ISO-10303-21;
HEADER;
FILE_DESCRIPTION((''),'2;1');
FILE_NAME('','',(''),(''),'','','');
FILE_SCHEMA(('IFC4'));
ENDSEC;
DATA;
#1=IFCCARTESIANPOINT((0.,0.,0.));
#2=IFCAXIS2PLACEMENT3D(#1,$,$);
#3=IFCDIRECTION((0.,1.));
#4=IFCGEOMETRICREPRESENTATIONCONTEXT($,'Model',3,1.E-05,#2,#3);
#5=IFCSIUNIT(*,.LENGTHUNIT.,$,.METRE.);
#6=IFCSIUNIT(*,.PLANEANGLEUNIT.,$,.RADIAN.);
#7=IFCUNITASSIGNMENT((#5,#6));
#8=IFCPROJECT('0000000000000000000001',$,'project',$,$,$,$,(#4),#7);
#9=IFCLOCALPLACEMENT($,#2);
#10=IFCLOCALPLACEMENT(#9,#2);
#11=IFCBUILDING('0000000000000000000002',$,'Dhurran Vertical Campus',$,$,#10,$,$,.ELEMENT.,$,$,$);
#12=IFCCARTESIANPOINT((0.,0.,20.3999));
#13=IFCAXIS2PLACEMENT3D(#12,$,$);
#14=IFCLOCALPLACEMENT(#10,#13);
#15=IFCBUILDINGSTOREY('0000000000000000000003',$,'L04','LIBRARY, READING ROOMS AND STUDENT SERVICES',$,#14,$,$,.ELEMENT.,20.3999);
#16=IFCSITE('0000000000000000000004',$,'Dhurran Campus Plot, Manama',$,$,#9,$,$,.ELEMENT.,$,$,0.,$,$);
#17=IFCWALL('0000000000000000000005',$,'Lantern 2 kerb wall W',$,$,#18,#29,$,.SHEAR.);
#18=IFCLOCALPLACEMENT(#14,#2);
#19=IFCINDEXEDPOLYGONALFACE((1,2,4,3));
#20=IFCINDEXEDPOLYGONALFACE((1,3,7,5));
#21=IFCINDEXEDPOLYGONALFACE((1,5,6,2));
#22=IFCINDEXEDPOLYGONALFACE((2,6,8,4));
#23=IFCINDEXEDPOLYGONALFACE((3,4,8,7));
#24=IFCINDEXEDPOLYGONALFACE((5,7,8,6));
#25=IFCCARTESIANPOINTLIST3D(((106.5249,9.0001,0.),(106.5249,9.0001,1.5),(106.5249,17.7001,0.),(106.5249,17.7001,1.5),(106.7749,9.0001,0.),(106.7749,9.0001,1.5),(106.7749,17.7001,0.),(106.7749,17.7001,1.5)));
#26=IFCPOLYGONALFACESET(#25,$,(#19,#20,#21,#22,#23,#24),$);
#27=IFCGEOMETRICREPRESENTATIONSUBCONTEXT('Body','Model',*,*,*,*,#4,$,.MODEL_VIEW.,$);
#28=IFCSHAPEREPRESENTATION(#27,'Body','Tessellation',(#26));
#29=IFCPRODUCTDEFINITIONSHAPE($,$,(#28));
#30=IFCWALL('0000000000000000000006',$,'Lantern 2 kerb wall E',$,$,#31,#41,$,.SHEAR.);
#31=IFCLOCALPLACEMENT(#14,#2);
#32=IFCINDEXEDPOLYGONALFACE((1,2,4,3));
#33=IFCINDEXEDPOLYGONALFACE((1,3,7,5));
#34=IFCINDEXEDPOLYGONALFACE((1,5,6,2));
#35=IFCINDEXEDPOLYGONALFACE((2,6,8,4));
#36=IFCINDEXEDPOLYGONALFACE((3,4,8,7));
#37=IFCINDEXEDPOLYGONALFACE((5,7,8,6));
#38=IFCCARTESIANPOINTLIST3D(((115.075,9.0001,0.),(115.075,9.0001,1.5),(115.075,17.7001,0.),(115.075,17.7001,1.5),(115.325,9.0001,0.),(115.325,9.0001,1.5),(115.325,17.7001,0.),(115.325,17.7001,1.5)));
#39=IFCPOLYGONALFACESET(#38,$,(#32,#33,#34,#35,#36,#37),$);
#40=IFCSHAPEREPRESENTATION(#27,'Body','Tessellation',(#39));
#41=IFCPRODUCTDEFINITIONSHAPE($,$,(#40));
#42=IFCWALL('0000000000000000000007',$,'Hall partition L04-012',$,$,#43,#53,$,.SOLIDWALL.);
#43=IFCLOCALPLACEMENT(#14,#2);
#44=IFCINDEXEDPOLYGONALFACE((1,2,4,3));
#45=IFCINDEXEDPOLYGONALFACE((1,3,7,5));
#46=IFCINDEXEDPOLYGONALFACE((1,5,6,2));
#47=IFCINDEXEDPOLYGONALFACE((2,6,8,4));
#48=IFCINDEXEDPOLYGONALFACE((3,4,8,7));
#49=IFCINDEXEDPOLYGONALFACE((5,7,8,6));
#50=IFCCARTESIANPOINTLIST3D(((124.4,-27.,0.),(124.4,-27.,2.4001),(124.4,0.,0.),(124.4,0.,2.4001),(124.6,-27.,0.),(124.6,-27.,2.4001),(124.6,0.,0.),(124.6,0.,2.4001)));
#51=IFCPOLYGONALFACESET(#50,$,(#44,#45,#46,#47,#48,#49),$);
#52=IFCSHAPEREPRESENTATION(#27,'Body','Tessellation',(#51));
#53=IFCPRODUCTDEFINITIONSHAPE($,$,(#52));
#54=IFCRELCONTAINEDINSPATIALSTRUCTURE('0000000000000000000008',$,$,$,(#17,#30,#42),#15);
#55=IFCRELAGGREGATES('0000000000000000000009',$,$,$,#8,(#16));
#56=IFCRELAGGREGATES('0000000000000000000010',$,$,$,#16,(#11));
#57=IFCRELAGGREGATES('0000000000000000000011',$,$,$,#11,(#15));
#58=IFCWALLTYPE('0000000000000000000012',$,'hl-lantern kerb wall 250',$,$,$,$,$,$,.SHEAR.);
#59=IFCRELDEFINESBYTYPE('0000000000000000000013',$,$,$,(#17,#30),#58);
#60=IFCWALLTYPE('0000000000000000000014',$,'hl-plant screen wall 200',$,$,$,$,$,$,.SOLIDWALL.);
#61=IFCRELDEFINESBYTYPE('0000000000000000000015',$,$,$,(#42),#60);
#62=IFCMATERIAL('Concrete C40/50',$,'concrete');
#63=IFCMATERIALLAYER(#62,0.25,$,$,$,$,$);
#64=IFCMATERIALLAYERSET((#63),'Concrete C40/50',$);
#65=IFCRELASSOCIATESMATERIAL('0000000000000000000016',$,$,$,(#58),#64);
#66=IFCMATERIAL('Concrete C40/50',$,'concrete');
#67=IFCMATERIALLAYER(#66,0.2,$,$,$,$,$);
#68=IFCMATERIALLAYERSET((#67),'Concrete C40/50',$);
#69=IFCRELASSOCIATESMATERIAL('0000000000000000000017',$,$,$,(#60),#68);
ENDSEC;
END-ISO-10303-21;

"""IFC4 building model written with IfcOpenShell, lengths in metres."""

from ifc_helpers import new_model, si_unit, direction, frame, frame_2d, origin, place, context, subcontext, project, spatial, rectangle, extrude, material, layer, layer_set, type_object, element, save


model = new_model("IFC4")

# Units and contexts
model_context = context("Model", 3, precision=1e-05, world=origin(), true_north=direction((0.0, 1.0)))
body_context = subcontext(model_context, "Body", "Model", "MODEL_VIEW")
ifc_project = project(units=[si_unit("LENGTHUNIT", "METRE"), si_unit("PLANEANGLEUNIT", "RADIAN")], contexts=[model_context])

# Site, building, storey
site_placement = place(None, origin())
site = spatial("IfcSite", under=ifc_project, at=site_placement, Name="Dhurran Campus Plot, Manama", CompositionType="ELEMENT", RefElevation=0.0)
building_placement = place(site_placement, origin())
building = spatial("IfcBuilding", under=site, at=building_placement, Name="Dhurran Vertical Campus", CompositionType="ELEMENT")
storey_placement = place(building_placement, frame((0.0, 0.0, 20.3999)))
storey = spatial("IfcBuildingStorey", under=building, at=storey_placement, Name="L04", Description="LIBRARY, READING ROOMS AND STUDENT SERVICES", CompositionType="ELEMENT", Elevation=20.3999)

# Shared definitions
ifc_material_1 = material(Name="Concrete C40/50", Category="concrete")
ifc_layer_1 = layer(ifc_material_1, 0.25)
ifc_layer_set_1 = layer_set([ifc_layer_1], Name="Concrete C40/50")
wall_type_1 = type_object("IfcWallType", Name="hl-lantern kerb wall 250", PredefinedType="SHEAR", material=ifc_layer_set_1)

# Walls
for number, where, z_axis, x_axis, name in (
    (1, (106.6499, 9.0, 0.0), (0.0, 0.0, 1.0), (0.0, 1.0, 0.0), "Lantern 2 kerb wall W"),
    (2, (115.2, 9.0, 0.0), (0.0, 0.0, 1.0), (0.0, 1.0, 0.0), "Lantern 2 kerb wall E"),
):
    element("IfcWall", number, at=place(storey_placement, frame(where, z_axis=z_axis, x_axis=x_axis)), inside=storey, type_object=wall_type_1, Name=name, PredefinedType="SHEAR", context=body_context, shape_type="SweptSolid", body=[
        extrude(rectangle(XDim=8.7, YDim=0.25, at=frame_2d((4.3501, 0.0))), origin(), (0.0, 0.0, 1.0), 1.5),
    ])
ifc_material_2 = material(Name="Concrete C40/50", Category="concrete")
ifc_layer_2 = layer(ifc_material_2, 0.2)
ifc_layer_set_2 = layer_set([ifc_layer_2], Name="Concrete C40/50")
wall_type_2 = type_object("IfcWallType", Name="hl-plant screen wall 200", PredefinedType="SOLIDWALL", material=ifc_layer_set_2)
wall_1_placement = place(storey_placement, frame((124.5, -27.0, 0.0), z_axis=(0.0, 0.0, 1.0), x_axis=(0.0, 1.0, 0.0)))
element("IfcWall", 3, at=wall_1_placement, inside=storey, type_object=wall_type_2, Name="Hall partition L04-012", PredefinedType="SOLIDWALL", context=body_context, shape_type="SweptSolid", body=[
    extrude(rectangle(XDim=27.0, YDim=0.2, at=frame_2d((13.5, 0.0))), origin(), (0.0, 0.0, 1.0), 2.4001),
])

save(model, "model.ifc")
